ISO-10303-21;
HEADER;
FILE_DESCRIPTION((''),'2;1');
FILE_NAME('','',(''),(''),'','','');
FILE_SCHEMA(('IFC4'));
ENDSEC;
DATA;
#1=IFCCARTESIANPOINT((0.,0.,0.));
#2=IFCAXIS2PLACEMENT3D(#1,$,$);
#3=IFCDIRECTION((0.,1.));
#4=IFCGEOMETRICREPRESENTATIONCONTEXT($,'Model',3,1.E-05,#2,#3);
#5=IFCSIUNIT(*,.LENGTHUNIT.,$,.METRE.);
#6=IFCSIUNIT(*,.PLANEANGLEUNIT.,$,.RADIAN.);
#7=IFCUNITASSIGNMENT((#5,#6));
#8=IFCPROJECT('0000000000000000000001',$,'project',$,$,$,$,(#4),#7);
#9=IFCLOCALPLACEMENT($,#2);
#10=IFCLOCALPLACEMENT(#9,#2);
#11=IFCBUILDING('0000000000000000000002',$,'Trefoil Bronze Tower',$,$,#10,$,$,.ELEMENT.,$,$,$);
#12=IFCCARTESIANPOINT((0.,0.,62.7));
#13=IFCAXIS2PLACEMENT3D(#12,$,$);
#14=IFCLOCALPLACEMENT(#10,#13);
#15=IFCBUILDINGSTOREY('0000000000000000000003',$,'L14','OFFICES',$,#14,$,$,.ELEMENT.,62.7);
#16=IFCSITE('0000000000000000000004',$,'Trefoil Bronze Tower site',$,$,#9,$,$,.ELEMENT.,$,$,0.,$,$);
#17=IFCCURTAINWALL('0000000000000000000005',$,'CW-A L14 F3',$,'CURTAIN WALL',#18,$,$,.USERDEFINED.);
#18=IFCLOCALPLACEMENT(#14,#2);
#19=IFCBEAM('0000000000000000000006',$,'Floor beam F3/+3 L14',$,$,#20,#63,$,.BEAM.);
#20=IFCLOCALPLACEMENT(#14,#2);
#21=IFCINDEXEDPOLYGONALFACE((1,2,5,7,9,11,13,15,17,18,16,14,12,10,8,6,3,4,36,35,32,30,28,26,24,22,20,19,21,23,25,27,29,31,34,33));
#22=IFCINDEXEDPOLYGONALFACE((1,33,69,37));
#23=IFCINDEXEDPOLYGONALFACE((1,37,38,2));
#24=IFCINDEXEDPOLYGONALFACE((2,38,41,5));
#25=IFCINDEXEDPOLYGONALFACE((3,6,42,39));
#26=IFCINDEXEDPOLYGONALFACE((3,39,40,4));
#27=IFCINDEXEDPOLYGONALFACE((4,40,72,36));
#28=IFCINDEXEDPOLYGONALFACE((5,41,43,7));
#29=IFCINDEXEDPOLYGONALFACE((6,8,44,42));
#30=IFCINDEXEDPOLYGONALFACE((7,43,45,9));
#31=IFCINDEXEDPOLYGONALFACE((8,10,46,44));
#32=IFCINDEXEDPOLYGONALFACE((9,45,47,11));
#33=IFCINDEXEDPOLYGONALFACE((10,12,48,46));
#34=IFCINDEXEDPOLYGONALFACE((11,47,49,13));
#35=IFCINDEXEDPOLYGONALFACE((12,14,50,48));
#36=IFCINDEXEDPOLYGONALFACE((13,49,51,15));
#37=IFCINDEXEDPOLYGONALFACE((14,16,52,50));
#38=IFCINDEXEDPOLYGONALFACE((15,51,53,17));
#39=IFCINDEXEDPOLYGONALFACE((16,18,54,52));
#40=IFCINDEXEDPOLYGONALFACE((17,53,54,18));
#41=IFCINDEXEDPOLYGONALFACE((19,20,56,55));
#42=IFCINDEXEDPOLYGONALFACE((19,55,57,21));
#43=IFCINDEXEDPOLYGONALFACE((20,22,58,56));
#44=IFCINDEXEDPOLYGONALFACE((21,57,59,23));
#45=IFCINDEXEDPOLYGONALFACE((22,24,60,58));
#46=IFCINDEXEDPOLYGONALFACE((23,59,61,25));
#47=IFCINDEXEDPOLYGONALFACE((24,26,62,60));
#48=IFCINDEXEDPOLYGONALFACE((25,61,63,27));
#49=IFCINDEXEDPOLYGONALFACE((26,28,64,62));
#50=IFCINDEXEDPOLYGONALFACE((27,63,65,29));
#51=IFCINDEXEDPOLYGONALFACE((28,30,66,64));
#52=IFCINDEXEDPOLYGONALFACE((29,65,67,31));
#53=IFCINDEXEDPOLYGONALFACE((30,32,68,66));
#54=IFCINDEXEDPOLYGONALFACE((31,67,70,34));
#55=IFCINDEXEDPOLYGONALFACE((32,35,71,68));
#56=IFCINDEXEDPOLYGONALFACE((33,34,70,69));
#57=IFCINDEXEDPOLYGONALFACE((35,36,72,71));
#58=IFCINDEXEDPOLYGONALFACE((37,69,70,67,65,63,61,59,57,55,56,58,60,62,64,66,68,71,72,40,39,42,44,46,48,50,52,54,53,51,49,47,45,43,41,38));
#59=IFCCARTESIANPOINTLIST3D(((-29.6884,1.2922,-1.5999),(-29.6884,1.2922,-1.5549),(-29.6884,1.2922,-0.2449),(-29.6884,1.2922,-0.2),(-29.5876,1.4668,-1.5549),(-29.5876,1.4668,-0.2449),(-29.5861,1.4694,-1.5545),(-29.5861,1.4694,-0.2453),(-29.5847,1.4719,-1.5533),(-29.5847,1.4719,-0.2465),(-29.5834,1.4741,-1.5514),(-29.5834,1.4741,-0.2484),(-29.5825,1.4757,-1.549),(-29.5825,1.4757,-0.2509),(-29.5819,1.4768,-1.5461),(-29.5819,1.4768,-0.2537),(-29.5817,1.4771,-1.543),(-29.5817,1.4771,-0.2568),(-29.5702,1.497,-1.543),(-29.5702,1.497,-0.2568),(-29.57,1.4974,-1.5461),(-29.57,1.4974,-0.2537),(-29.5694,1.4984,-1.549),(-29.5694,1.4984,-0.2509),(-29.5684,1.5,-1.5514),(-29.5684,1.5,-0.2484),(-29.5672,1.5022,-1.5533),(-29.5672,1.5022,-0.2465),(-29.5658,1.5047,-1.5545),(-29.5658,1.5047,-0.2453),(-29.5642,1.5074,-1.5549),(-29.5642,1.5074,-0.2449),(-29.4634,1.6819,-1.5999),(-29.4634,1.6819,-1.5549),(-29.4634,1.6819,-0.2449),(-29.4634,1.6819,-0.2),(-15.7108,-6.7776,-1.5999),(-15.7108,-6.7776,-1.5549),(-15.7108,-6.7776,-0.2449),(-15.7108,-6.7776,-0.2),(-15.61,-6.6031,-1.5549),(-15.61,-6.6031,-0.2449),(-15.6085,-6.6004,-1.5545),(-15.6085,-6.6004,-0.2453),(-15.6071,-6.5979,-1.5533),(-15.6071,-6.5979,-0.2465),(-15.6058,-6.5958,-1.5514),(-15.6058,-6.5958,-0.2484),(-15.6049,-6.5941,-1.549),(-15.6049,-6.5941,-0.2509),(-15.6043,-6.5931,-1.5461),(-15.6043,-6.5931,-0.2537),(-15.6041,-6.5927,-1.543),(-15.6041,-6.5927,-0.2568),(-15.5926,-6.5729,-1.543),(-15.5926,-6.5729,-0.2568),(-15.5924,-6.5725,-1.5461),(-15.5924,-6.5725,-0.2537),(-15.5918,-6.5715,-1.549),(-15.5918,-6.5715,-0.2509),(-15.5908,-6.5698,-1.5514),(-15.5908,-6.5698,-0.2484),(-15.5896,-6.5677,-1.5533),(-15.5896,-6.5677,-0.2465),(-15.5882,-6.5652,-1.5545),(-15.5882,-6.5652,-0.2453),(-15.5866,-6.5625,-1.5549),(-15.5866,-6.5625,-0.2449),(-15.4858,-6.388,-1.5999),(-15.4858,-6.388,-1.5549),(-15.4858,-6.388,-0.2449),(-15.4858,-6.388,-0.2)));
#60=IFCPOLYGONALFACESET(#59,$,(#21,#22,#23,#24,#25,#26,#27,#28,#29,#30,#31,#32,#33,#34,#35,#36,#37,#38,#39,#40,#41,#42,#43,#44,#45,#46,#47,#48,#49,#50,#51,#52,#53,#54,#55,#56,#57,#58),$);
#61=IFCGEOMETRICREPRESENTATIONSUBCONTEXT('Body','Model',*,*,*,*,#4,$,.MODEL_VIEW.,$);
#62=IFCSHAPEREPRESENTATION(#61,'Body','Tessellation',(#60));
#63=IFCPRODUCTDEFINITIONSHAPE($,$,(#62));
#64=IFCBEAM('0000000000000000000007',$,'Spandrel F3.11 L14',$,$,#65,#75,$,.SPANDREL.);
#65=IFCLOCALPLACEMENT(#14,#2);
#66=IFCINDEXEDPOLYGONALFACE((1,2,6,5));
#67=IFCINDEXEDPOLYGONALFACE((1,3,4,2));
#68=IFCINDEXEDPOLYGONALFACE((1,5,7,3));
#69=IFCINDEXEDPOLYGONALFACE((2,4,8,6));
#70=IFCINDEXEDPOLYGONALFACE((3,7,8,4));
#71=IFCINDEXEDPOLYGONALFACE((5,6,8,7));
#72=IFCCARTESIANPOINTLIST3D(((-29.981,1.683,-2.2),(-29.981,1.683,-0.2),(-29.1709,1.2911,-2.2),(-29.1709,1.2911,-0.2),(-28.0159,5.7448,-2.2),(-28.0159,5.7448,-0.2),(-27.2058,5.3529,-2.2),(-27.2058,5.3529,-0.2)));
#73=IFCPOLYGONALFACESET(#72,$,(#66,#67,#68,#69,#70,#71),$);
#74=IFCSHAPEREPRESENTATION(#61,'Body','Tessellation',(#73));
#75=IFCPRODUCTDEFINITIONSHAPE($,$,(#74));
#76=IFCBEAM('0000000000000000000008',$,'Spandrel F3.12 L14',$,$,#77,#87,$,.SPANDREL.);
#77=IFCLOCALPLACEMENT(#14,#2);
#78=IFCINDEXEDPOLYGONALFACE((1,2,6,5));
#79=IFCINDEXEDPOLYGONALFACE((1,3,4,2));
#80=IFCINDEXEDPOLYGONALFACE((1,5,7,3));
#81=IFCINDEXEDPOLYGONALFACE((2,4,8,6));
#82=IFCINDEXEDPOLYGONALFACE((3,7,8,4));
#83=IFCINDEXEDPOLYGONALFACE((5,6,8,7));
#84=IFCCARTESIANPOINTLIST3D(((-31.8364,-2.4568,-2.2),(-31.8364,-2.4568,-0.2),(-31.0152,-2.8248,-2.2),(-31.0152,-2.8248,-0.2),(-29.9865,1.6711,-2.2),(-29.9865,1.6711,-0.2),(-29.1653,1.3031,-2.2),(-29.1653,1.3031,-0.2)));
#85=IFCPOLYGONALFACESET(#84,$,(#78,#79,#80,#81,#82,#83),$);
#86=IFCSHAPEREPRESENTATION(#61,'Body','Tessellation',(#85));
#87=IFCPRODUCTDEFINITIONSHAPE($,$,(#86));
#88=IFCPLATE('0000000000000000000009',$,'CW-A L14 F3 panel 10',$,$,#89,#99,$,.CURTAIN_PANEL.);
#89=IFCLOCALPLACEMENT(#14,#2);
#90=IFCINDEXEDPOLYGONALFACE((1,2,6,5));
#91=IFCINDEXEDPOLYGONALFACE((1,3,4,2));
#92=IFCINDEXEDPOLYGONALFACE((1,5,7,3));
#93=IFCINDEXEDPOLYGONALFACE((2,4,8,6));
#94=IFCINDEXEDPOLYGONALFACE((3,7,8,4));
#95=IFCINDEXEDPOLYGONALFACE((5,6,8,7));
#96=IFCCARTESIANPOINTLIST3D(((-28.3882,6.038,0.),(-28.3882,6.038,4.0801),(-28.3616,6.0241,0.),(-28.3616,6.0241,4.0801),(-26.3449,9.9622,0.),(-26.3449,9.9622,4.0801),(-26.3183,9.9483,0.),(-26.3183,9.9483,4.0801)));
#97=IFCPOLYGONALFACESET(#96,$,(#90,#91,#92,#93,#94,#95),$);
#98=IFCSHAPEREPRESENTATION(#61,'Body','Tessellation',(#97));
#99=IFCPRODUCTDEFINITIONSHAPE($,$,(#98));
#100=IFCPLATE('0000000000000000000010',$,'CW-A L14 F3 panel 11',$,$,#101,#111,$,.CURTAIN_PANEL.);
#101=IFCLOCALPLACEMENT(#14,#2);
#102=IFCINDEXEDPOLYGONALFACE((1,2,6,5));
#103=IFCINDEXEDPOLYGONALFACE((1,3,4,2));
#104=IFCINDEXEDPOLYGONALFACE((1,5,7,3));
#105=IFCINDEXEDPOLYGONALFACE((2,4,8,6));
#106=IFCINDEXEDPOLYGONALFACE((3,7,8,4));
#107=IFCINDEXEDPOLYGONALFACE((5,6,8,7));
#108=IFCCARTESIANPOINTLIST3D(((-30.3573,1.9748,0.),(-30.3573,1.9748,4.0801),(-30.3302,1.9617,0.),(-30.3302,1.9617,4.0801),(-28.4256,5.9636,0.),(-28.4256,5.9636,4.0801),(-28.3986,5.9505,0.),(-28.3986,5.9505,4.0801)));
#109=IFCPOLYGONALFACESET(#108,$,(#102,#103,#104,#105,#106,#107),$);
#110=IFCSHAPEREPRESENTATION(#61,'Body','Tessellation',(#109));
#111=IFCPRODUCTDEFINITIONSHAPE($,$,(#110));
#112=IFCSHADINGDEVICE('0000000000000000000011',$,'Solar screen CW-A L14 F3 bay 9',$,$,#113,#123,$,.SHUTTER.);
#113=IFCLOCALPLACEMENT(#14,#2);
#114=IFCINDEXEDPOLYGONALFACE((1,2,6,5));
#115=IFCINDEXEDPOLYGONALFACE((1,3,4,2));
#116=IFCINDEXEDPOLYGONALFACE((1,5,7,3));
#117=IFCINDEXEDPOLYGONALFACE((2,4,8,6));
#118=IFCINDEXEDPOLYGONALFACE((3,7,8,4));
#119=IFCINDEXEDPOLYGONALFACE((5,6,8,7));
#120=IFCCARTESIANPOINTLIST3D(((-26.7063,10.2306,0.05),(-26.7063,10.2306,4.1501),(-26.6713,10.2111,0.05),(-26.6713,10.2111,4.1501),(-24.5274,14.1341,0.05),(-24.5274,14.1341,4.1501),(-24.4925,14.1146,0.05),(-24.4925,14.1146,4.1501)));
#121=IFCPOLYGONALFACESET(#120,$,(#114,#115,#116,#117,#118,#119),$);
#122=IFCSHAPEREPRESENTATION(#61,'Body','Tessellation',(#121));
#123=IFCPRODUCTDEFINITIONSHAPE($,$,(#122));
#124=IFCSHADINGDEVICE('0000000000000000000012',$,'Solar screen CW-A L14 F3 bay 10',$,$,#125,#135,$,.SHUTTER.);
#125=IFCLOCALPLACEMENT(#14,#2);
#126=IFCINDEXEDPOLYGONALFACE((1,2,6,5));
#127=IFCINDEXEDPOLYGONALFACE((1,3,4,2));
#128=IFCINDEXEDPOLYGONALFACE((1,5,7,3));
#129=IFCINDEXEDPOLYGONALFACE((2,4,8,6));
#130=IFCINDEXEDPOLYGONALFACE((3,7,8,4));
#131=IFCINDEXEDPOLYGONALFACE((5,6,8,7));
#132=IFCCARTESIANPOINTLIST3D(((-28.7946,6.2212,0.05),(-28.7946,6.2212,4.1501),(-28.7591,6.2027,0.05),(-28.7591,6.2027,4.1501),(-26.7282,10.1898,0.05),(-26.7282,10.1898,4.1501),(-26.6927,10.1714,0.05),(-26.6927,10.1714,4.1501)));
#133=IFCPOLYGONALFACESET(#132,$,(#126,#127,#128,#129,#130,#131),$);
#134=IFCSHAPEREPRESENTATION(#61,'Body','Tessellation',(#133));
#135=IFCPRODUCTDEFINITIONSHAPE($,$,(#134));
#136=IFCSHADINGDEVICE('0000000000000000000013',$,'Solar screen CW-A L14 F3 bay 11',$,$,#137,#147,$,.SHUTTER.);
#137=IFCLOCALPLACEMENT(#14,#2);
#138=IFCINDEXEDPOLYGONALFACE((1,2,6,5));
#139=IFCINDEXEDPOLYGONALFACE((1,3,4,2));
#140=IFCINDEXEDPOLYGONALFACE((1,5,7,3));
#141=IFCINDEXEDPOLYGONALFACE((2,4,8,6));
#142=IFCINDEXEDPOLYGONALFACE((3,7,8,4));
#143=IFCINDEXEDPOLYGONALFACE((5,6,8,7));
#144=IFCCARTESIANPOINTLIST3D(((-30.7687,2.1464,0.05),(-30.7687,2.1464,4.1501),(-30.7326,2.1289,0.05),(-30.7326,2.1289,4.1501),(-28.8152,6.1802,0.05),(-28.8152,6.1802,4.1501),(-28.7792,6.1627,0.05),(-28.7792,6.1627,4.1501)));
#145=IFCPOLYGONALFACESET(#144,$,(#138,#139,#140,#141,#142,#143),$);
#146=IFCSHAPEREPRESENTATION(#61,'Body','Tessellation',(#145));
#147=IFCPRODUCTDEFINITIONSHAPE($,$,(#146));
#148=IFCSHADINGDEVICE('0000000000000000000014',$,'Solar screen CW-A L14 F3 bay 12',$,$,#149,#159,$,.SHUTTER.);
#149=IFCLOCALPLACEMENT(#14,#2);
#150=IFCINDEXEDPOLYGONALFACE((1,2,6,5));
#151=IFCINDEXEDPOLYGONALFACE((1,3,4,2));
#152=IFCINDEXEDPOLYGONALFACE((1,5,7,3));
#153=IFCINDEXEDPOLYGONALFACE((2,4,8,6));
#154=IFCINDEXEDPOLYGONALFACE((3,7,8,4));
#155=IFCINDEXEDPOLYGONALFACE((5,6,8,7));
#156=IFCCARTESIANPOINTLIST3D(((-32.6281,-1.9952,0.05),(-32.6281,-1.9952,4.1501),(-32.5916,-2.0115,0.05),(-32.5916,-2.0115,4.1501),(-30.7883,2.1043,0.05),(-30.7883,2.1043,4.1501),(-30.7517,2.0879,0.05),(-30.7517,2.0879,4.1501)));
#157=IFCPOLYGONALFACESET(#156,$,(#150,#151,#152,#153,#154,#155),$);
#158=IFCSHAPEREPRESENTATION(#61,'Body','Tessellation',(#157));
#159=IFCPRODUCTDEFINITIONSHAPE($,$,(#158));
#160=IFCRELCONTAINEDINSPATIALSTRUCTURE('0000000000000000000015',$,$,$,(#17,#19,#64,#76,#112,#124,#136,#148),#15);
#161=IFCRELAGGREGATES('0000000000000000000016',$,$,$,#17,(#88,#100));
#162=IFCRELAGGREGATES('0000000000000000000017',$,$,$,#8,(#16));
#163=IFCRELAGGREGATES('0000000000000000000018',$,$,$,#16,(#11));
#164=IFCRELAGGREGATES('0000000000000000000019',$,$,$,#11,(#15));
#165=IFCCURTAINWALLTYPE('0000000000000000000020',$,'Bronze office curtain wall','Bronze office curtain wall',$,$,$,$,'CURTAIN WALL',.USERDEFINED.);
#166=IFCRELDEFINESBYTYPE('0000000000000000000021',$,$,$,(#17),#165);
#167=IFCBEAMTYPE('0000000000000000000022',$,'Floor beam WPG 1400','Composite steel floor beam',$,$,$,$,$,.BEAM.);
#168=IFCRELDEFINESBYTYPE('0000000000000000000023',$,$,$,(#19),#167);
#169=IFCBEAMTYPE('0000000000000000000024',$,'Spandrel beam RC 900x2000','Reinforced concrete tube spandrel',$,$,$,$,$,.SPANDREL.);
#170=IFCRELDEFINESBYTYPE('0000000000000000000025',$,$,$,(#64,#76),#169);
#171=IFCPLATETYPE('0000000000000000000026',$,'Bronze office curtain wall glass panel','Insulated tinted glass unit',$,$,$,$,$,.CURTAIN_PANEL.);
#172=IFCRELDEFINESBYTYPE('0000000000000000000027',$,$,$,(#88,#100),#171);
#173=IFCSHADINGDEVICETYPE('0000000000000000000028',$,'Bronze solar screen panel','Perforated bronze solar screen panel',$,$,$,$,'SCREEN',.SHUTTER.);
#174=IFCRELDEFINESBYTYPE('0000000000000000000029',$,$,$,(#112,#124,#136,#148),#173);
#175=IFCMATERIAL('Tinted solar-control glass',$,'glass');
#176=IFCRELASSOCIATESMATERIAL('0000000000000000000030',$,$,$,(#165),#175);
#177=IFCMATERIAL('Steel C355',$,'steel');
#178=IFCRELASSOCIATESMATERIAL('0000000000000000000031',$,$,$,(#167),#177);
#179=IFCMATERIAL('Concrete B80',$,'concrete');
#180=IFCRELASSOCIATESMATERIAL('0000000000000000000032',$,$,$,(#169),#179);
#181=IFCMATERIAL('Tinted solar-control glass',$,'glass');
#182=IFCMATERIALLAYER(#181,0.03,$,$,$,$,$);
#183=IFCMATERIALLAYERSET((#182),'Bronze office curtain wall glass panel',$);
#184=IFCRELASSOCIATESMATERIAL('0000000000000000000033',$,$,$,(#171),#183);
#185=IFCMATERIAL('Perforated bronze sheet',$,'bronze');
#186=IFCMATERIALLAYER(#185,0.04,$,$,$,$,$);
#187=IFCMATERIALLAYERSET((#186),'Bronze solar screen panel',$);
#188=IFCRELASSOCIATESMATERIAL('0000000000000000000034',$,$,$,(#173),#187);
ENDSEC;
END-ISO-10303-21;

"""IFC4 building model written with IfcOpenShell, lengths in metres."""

from ifc_helpers import new_model, si_unit, direction, frame, origin, origin_2d, place, context, subcontext, project, spatial, rectangle, i_section, extrude, material, layer, layer_set, material_profile, profile_set, type_object, element, aggregate, save


model = new_model("IFC4")

# Units and contexts
model_context = context("Model", 3, precision=1e-05, world=origin(), true_north=direction((0.0, 1.0)))
body_context = subcontext(model_context, "Body", "Model", "MODEL_VIEW")
ifc_project = project(units=[si_unit("LENGTHUNIT", "METRE"), si_unit("PLANEANGLEUNIT", "RADIAN")], contexts=[model_context])

# Site, building, storey
site_placement = place(None, origin())
site = spatial("IfcSite", under=ifc_project, at=site_placement, Name="Trefoil Bronze Tower site", CompositionType="ELEMENT", RefElevation=0.0)
building_placement = place(site_placement, origin())
building = spatial("IfcBuilding", under=site, at=building_placement, Name="Trefoil Bronze Tower", CompositionType="ELEMENT")
storey_placement = place(building_placement, frame((0.0, 0.0, 62.7)))
storey = spatial("IfcBuildingStorey", under=building, at=storey_placement, Name="L14", Description="OFFICES", CompositionType="ELEMENT", Elevation=62.7)

# Curtain wall
ifc_material_1 = material(Name="Tinted solar-control glass", Category="glass")
curtain_wall_type = type_object("IfcCurtainWallType", Name="Bronze office curtain wall", Description="Bronze office curtain wall", ElementType="CURTAIN WALL", PredefinedType="USERDEFINED", material=ifc_material_1)
curtain_wall_placement = place(storey_placement, origin())
curtain_wall = element("IfcCurtainWall", 1, at=curtain_wall_placement, inside=storey, type_object=curtain_wall_type, Name="CW-A L14 F3", ObjectType="CURTAIN WALL", PredefinedType="USERDEFINED")

# Beams
ifc_material_2 = material(Name="Steel C355", Category="steel")
ifc_material_profile_1 = material_profile(ifc_material_2, i_section(OverallWidth=0.45, OverallDepth=1.3999, WebThickness=0.0229, FlangeThickness=0.0449, FilletRadius=0.012, at=origin_2d()), Name="WPG 1400")
ifc_profile_set_1 = profile_set([ifc_material_profile_1], Name="Steel C355")
beam_type_1 = type_object("IfcBeamType", Name="Floor beam WPG 1400", Description="Composite steel floor beam", PredefinedType="BEAM", material=ifc_profile_set_1)
beam_1_placement = place(storey_placement, frame((-29.5759, 1.4871, -0.8999), z_axis=(0.866028, -0.499995, 0.0), x_axis=(0.499995, 0.866028, 0.0)))
element("IfcBeam", 2, at=beam_1_placement, inside=storey, type_object=beam_type_1, Name="Floor beam F3/+3 L14", PredefinedType="BEAM", context=body_context, shape_type="SweptSolid", body=[
    extrude(i_section(OverallWidth=0.45, OverallDepth=1.3999, WebThickness=0.0229, FlangeThickness=0.0449, FilletRadius=0.012, at=origin_2d()), origin(), (0.0, 0.0, 1.0), 16.1399),
])
ifc_material_3 = material(Name="Concrete B80", Category="concrete")
ifc_material_profile_2 = material_profile(ifc_material_3, rectangle(XDim=0.8999, YDim=2.0, at=origin_2d()), Name="RC 900x2000")
ifc_profile_set_2 = profile_set([ifc_material_profile_2], Name="Concrete B80")
beam_type_2 = type_object("IfcBeamType", Name="Spandrel beam RC 900x2000", Description="Reinforced concrete tube spandrel", PredefinedType="SPANDREL", material=ifc_profile_set_2)
beam_2_placement = place(storey_placement, frame((-27.6108, 5.5488, -1.2), z_axis=(-0.43551, -0.900184, 0.0), x_axis=(0.900184, -0.43551, 0.0)))
element("IfcBeam", 3, at=beam_2_placement, inside=storey, type_object=beam_type_2, Name="Spandrel F3.11 L14", PredefinedType="SPANDREL", context=body_context, shape_type="SweptSolid", body=[
    extrude(rectangle(XDim=0.8999, YDim=2.0, at=origin_2d()), origin(), (0.0, 0.0, 1.0), 4.5122),
])
beam_3_placement = place(storey_placement, frame((-29.5759, 1.4871, -1.2), z_axis=(-0.408946, -0.912559, 0.0), x_axis=(0.912559, -0.408946, 0.0)))
element("IfcBeam", 4, at=beam_3_placement, inside=storey, type_object=beam_type_2, Name="Spandrel F3.12 L14", PredefinedType="SPANDREL", context=body_context, shape_type="SweptSolid", body=[
    extrude(rectangle(XDim=0.8999, YDim=2.0, at=origin_2d()), origin(), (0.0, 0.0, 1.0), 4.5234),
])

# Plates
ifc_material_4 = material(Name="Tinted solar-control glass", Category="glass")
ifc_layer_1 = layer(ifc_material_4, 0.03)
ifc_layer_set_1 = layer_set([ifc_layer_1], Name="Bronze office curtain wall glass panel")
plate_type = type_object("IfcPlateType", Name="Bronze office curtain wall glass panel", Description="Insulated tinted glass unit", PredefinedType="CURTAIN_PANEL", material=ifc_layer_set_1)
plate_1_placement = place(storey_placement, frame((-27.3533, 7.9932, 0.0), z_axis=(0.0, 0.0, 1.0), x_axis=(-0.46183, -0.886969, 0.0)))
plate_1 = element("IfcPlate", 5, at=plate_1_placement, type_object=plate_type, Name="CW-A L14 F3 panel 10", PredefinedType="CURTAIN_PANEL", context=body_context, shape_type="SweptSolid", body=[
    extrude(rectangle(XDim=4.4243, YDim=0.03, at=origin_2d()), origin(), (0.0, 0.0, 1.0), 4.0801),
])
plate_2_placement = place(storey_placement, frame((-29.3779, 3.9626, 0.0), z_axis=(0.0, 0.0, 1.0), x_axis=(-0.435855, -0.900017, 0.0)))
plate_2 = element("IfcPlate", 6, at=plate_2_placement, type_object=plate_type, Name="CW-A L14 F3 panel 11", PredefinedType="CURTAIN_PANEL", context=body_context, shape_type="SweptSolid", body=[
    extrude(rectangle(XDim=4.4319, YDim=0.03, at=origin_2d()), origin(), (0.0, 0.0, 1.0), 4.0801),
])
aggregate(curtain_wall, [plate_1, plate_2])

# Shading devices
ifc_material_5 = material(Name="Perforated bronze sheet", Category="bronze")
ifc_layer_2 = layer(ifc_material_5, 0.04)
ifc_layer_set_2 = layer_set([ifc_layer_2], Name="Bronze solar screen panel")
shading_device_type = type_object("IfcShadingDeviceType", Name="Bronze solar screen panel", Description="Perforated bronze solar screen panel", ElementType="SCREEN", PredefinedType="SHUTTER", material=ifc_layer_set_2)
shading_device_1_placement = place(storey_placement, frame((-25.5994, 12.1726, 0.05), z_axis=(0.0, 0.0, 1.0), x_axis=(-0.487382, -0.873189, 0.0)))
element("IfcShadingDevice", 7, at=shading_device_1_placement, inside=storey, type_object=shading_device_type, Name="Solar screen CW-A L14 F3 bay 9", PredefinedType="SHUTTER", context=body_context, shape_type="SweptSolid", body=[
    extrude(rectangle(XDim=4.4705, YDim=0.04, at=origin_2d()), origin(), (0.0, 0.0, 1.0), 4.1001),
])
shading_device_2_placement = place(storey_placement, frame((-27.7437, 8.1963, 0.05), z_axis=(0.0, 0.0, 1.0), x_axis=(-0.46183, -0.886969, 0.0)))
element("IfcShadingDevice", 8, at=shading_device_2_placement, inside=storey, type_object=shading_device_type, Name="Solar screen CW-A L14 F3 bay 10", PredefinedType="SHUTTER", context=body_context, shape_type="SweptSolid", body=[
    extrude(rectangle(XDim=4.4744, YDim=0.04, at=origin_2d()), origin(), (0.0, 0.0, 1.0), 4.1001),
])
shading_device_3_placement = place(storey_placement, frame((-29.7739, 4.1545, 0.05), z_axis=(0.0, 0.0, 1.0), x_axis=(-0.435855, -0.900017, 0.0)))
element("IfcShadingDevice", 9, at=shading_device_3_placement, inside=storey, type_object=shading_device_type, Name="Solar screen CW-A L14 F3 bay 11", PredefinedType="SHUTTER", context=body_context, shape_type="SweptSolid", body=[
    extrude(rectangle(XDim=4.4819, YDim=0.04, at=origin_2d()), origin(), (0.0, 0.0, 1.0), 4.1001),
])
shading_device_4_placement = place(storey_placement, frame((-31.6899, 0.0464, 0.05), z_axis=(0.0, 0.0, 1.0), x_axis=(-0.409456, -0.91233, 0.0)))
element("IfcShadingDevice", 10, at=shading_device_4_placement, inside=storey, type_object=shading_device_type, Name="Solar screen CW-A L14 F3 bay 12", PredefinedType="SHUTTER", context=body_context, shape_type="SweptSolid", body=[
    extrude(rectangle(XDim=4.4934, YDim=0.04, at=origin_2d()), origin(), (0.0, 0.0, 1.0), 4.1001),
])

save(model, "model.ifc")
